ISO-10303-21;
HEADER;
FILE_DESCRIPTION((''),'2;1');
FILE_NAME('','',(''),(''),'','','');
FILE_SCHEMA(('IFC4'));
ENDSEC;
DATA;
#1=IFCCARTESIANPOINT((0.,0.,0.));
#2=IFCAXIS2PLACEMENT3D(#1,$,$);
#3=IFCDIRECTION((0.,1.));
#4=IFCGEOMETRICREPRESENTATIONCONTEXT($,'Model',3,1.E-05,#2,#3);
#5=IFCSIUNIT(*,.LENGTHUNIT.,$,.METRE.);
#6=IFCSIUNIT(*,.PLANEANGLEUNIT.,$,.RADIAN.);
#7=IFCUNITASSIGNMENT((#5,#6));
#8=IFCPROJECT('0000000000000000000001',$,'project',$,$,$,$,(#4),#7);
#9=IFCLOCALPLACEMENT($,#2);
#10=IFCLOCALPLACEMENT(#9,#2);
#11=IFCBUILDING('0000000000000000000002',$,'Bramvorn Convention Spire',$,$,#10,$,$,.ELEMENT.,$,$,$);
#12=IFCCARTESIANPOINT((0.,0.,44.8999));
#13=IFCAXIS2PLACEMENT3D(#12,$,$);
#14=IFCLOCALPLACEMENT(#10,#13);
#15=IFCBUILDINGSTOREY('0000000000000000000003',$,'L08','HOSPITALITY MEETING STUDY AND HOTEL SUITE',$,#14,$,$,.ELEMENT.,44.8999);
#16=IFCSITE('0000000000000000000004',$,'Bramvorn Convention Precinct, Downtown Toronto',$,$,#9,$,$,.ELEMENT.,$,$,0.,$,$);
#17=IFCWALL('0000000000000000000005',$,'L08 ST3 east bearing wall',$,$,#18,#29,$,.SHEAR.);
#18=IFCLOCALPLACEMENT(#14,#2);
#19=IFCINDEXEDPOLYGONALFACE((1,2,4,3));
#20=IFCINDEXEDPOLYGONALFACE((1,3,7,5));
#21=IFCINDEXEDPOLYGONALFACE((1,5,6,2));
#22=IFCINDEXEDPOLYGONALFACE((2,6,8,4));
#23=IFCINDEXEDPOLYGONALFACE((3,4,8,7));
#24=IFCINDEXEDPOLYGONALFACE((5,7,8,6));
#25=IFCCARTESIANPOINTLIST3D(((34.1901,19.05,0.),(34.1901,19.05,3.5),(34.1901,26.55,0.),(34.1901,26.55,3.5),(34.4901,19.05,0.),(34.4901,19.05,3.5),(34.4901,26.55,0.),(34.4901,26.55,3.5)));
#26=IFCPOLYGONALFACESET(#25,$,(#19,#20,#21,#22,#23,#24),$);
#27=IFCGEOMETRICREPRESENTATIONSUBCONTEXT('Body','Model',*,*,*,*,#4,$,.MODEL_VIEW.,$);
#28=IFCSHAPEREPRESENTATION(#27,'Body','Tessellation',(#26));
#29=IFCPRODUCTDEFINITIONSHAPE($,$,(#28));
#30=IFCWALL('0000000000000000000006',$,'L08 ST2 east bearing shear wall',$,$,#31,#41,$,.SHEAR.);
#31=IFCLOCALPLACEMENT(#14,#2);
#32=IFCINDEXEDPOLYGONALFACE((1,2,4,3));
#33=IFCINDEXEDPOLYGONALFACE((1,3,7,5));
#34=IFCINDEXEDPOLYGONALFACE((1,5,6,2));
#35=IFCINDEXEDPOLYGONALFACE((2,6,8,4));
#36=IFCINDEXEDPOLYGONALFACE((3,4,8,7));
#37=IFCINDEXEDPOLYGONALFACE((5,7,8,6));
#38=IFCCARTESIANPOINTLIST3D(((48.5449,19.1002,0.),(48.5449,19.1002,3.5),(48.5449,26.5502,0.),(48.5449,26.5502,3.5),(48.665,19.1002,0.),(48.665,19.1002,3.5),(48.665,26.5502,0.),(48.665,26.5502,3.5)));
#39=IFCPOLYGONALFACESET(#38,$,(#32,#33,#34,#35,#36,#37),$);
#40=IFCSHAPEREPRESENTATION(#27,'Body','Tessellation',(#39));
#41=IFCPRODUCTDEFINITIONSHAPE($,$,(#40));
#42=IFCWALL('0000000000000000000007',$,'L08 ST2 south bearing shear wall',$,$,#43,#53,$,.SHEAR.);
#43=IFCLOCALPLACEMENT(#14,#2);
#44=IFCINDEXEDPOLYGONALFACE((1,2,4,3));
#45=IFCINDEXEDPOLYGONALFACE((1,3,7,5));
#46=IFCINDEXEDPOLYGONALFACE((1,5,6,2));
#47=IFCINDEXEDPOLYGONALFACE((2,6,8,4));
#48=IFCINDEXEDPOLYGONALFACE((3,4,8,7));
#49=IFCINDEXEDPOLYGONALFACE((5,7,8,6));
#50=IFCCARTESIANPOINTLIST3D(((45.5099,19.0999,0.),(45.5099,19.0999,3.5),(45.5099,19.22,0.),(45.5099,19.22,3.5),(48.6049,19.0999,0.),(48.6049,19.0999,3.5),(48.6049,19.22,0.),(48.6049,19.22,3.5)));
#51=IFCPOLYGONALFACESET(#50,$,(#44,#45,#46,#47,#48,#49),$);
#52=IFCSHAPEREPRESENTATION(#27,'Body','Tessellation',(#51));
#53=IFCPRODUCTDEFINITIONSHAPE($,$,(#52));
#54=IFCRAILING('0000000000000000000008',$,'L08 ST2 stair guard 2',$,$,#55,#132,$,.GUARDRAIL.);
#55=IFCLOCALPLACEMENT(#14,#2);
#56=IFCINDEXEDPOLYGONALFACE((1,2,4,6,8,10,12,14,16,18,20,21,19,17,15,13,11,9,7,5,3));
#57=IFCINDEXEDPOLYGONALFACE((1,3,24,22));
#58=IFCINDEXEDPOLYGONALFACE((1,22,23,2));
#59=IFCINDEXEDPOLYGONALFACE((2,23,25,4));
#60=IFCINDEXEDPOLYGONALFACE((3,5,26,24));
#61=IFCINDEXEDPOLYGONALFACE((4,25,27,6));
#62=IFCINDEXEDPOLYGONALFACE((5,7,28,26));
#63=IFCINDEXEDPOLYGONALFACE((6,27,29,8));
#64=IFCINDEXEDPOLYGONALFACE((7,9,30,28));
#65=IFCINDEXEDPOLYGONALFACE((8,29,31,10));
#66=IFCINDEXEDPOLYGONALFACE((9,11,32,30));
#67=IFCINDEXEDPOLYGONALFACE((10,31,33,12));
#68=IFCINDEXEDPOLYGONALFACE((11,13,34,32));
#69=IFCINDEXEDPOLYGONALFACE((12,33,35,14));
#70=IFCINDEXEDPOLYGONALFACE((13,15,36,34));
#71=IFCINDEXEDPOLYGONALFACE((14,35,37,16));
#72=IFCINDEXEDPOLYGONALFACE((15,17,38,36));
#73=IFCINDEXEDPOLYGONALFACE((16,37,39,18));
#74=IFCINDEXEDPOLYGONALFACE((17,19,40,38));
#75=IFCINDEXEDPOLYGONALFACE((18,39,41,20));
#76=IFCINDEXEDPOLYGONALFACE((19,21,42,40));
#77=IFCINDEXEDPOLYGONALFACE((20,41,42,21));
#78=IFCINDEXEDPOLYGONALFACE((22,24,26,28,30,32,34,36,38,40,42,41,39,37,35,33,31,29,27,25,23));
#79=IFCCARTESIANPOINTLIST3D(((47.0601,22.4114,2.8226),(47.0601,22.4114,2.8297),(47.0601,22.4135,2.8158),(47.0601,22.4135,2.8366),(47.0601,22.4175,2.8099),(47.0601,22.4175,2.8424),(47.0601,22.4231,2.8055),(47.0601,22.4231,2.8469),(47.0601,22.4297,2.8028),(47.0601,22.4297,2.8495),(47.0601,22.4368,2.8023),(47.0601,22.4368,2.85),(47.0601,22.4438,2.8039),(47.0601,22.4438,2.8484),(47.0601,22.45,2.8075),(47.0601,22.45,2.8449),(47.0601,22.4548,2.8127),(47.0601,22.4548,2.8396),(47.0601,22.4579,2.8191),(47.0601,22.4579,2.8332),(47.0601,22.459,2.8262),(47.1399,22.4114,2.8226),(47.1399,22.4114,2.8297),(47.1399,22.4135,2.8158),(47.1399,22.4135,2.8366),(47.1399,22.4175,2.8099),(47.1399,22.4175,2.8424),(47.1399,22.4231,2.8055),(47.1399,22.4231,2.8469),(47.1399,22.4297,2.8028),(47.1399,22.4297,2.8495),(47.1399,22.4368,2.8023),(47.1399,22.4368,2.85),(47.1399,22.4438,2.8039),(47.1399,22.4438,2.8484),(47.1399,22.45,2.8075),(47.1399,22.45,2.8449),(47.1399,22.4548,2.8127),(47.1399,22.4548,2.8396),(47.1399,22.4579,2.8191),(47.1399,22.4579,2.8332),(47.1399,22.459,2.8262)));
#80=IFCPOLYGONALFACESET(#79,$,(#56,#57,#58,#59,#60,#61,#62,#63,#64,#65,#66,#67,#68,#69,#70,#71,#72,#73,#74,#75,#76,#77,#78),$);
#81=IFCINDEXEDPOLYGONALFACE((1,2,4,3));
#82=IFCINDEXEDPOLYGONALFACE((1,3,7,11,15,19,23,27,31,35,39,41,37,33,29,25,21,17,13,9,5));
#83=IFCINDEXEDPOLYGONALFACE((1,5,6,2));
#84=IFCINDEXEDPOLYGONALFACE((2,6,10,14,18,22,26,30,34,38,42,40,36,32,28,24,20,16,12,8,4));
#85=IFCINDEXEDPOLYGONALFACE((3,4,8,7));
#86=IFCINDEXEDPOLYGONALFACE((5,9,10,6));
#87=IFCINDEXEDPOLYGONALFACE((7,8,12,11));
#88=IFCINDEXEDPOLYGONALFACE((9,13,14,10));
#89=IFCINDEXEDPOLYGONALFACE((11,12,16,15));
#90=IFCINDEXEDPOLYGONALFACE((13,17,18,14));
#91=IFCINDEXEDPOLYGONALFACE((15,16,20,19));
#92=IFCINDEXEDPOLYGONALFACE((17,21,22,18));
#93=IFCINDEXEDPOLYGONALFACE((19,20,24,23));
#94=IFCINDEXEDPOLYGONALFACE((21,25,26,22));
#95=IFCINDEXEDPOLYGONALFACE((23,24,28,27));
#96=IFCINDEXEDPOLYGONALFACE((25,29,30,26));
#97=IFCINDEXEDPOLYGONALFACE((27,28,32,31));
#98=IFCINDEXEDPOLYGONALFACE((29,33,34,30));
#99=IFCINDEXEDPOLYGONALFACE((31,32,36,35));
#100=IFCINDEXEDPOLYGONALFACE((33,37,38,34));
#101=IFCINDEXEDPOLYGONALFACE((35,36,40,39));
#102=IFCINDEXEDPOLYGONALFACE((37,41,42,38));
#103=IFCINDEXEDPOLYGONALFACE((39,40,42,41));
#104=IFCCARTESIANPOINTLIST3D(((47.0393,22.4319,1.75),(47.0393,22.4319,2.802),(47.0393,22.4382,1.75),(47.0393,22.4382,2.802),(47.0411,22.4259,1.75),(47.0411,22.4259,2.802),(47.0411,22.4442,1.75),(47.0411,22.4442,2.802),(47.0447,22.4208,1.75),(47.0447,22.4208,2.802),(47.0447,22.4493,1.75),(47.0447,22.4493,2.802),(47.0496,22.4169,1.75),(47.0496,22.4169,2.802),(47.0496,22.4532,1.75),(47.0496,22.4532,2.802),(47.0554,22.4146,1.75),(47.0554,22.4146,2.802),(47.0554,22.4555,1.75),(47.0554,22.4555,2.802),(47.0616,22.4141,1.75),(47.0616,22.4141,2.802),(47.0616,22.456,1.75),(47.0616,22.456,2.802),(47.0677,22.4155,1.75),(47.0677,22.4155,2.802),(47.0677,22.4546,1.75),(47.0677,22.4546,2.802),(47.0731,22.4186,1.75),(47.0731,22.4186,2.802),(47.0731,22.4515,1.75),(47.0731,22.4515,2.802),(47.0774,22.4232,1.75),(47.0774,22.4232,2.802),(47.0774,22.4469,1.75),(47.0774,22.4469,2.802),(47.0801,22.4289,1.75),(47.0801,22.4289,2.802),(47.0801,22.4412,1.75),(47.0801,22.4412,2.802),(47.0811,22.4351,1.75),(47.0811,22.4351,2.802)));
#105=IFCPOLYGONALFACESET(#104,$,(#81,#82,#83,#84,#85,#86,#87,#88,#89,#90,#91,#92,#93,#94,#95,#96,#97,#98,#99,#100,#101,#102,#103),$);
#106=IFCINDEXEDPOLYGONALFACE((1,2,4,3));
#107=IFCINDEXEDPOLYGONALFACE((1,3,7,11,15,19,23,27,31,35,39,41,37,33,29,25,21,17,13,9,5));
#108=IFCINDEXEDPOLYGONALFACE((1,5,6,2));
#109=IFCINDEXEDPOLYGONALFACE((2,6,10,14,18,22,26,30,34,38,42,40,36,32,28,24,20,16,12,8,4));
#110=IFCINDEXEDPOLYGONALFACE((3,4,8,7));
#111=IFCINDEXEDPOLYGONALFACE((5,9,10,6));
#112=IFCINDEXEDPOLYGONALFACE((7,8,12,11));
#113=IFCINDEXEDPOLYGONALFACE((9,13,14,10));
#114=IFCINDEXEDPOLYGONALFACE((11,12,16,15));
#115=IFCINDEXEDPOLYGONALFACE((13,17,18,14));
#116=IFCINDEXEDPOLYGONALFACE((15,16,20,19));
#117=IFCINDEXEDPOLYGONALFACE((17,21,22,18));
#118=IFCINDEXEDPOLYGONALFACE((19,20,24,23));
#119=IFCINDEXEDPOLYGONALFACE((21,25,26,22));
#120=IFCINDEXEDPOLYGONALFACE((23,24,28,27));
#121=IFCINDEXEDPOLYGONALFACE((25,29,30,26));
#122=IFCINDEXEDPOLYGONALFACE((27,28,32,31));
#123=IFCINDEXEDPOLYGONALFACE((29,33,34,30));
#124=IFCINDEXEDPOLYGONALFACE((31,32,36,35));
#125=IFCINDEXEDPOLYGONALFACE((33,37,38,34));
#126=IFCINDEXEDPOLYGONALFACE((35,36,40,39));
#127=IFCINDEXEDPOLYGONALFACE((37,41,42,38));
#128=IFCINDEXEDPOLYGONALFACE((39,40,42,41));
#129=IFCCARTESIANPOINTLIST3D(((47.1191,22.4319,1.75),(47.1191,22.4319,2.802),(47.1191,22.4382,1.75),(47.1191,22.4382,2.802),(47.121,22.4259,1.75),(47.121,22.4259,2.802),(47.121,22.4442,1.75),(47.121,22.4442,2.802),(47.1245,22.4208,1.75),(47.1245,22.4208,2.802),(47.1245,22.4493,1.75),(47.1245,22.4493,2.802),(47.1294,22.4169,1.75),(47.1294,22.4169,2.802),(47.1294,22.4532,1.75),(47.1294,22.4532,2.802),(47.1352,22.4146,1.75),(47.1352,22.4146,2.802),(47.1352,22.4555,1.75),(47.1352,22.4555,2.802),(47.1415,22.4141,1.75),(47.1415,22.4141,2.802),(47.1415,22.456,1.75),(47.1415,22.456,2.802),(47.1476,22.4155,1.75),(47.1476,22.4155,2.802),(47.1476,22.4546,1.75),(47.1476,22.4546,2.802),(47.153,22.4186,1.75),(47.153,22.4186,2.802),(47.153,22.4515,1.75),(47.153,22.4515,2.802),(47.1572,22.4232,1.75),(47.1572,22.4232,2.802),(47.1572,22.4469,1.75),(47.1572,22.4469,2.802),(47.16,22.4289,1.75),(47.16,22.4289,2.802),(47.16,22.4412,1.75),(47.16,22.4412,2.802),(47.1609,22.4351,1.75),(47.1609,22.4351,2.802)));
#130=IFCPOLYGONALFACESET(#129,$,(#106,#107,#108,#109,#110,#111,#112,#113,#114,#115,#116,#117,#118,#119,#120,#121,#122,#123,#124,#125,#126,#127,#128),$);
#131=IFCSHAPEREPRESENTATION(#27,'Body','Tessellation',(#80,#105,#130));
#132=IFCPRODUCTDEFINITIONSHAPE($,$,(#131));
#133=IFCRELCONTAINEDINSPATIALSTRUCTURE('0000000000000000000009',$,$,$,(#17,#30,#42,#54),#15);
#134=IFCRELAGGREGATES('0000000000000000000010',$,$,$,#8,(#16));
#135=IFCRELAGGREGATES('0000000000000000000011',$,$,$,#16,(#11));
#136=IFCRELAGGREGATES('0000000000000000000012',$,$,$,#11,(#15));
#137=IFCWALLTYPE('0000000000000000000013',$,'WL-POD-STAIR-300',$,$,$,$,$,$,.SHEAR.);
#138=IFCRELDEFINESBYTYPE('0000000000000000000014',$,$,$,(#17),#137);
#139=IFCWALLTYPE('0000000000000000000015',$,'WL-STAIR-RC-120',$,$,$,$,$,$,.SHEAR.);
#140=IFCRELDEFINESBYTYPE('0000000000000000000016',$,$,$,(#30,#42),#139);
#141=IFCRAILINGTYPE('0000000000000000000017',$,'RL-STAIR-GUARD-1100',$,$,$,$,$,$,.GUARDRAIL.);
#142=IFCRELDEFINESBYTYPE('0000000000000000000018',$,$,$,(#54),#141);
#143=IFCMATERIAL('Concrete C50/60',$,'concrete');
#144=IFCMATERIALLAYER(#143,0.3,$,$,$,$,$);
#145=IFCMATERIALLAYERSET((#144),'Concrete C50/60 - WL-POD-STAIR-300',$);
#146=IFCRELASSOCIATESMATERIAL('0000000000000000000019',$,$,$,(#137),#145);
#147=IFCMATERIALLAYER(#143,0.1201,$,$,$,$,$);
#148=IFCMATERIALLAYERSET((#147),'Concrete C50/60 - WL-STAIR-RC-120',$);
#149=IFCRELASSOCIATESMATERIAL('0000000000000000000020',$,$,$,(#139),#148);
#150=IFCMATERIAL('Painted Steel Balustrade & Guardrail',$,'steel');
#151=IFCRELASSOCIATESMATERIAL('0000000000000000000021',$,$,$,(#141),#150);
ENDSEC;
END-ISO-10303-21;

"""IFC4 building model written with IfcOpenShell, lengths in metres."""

from ifc_helpers import new_model, si_unit, direction, frame, frame_2d, origin, origin_2d, place, context, subcontext, project, spatial, rectangle, circle, extrude, material, layer, layer_set, type_object, element, save


model = new_model("IFC4")

# Units and contexts
model_context = context("Model", 3, precision=1e-05, world=origin(), true_north=direction((0.0, 1.0)))
body_context = subcontext(model_context, "Body", "Model", "MODEL_VIEW")
ifc_project = project(units=[si_unit("LENGTHUNIT", "METRE"), si_unit("PLANEANGLEUNIT", "RADIAN")], contexts=[model_context])

# Site, building, storey
site_placement = place(None, origin())
site = spatial("IfcSite", under=ifc_project, at=site_placement, Name="Bramvorn Convention Precinct, Downtown Toronto", CompositionType="ELEMENT", RefElevation=0.0)
building_placement = place(site_placement, origin())
building = spatial("IfcBuilding", under=site, at=building_placement, Name="Bramvorn Convention Spire", CompositionType="ELEMENT")
storey_placement = place(building_placement, frame((0.0, 0.0, 44.8999)))
storey = spatial("IfcBuildingStorey", under=building, at=storey_placement, Name="L08", Description="HOSPITALITY MEETING STUDY AND HOTEL SUITE", CompositionType="ELEMENT", Elevation=44.8999)

# Walls
ifc_material_1 = material(Name="Concrete C50/60", Category="concrete")
ifc_layer_1 = layer(ifc_material_1, 0.3)
ifc_layer_set_1 = layer_set([ifc_layer_1], Name="Concrete C50/60 - WL-POD-STAIR-300")
wall_type_1 = type_object("IfcWallType", Name="WL-POD-STAIR-300", PredefinedType="SHEAR", material=ifc_layer_set_1)
for number, where, z_axis, x_axis, name in (
    (1, (34.3401, 19.05, 0.0), (0.0, 0.0, 1.0), (0.0, 1.0, 0.0), "L08 ST3 east bearing wall"),
):
    element("IfcWall", number, at=place(storey_placement, frame(where, z_axis=z_axis, x_axis=x_axis)), inside=storey, type_object=wall_type_1, Name=name, PredefinedType="SHEAR", context=body_context, shape_type="SweptSolid", body=[
        extrude(rectangle(XDim=7.5, YDim=0.3, at=frame_2d((3.75, 0.0))), origin(), (0.0, 0.0, 1.0), 3.5),
    ])
ifc_layer_2 = layer(ifc_material_1, 0.1201)
ifc_layer_set_2 = layer_set([ifc_layer_2], Name="Concrete C50/60 - WL-STAIR-RC-120")
wall_type_2 = type_object("IfcWallType", Name="WL-STAIR-RC-120", PredefinedType="SHEAR", material=ifc_layer_set_2)
wall_1_placement = place(storey_placement, frame((48.605, 19.1001, 0.0), z_axis=(0.0, 0.0, 1.0), x_axis=(0.0, 1.0, 0.0)))
element("IfcWall", 2, at=wall_1_placement, inside=storey, type_object=wall_type_2, Name="L08 ST2 east bearing shear wall", PredefinedType="SHEAR", context=body_context, shape_type="SweptSolid", body=[
    extrude(rectangle(XDim=7.45, YDim=0.1201, at=frame_2d((3.7251, 0.0))), origin(), (0.0, 0.0, 1.0), 3.5),
])
wall_2_placement = place(storey_placement, frame((45.51, 19.1599, 0.0), z_axis=(0.0, 0.0, 1.0), x_axis=(1.0, 0.0, 0.0)))
element("IfcWall", 3, at=wall_2_placement, inside=storey, type_object=wall_type_2, Name="L08 ST2 south bearing shear wall", PredefinedType="SHEAR", context=body_context, shape_type="SweptSolid", body=[
    extrude(rectangle(XDim=3.095, YDim=0.1201, at=frame_2d((1.5474, 0.0))), origin(), (0.0, 0.0, 1.0), 3.5),
])

# Railing
ifc_material_2 = material(Name="Painted Steel Balustrade & Guardrail", Category="steel")
railing_type = type_object("IfcRailingType", Name="RL-STAIR-GUARD-1100", PredefinedType="GUARDRAIL", material=ifc_material_2)
railing_1_placement = place(storey_placement, frame((47.0601, 22.4351, 1.75)))
element("IfcRailing", 4, at=railing_1_placement, inside=storey, type_object=railing_type, Name="L08 ST2 stair guard 2", PredefinedType="GUARDRAIL", context=body_context, shape_type="SweptSolid", body=[
    extrude(circle(Radius=0.0239, at=origin_2d()), frame((0.0, 0.0, 1.0762), z_axis=(1.0, 0.0, 0.0), x_axis=(0.0, 1.0, 0.0)), (0.0, 0.0, 1.0), 0.0798),
    extrude(circle(Radius=0.021, at=origin_2d()), origin(), (0.0, 0.0, 1.0), 1.052),
    extrude(circle(Radius=0.021, at=origin_2d()), frame((0.0798, 0.0, 0.0)), (0.0, 0.0, 1.0), 1.052),
])

save(model, "model.ifc")
